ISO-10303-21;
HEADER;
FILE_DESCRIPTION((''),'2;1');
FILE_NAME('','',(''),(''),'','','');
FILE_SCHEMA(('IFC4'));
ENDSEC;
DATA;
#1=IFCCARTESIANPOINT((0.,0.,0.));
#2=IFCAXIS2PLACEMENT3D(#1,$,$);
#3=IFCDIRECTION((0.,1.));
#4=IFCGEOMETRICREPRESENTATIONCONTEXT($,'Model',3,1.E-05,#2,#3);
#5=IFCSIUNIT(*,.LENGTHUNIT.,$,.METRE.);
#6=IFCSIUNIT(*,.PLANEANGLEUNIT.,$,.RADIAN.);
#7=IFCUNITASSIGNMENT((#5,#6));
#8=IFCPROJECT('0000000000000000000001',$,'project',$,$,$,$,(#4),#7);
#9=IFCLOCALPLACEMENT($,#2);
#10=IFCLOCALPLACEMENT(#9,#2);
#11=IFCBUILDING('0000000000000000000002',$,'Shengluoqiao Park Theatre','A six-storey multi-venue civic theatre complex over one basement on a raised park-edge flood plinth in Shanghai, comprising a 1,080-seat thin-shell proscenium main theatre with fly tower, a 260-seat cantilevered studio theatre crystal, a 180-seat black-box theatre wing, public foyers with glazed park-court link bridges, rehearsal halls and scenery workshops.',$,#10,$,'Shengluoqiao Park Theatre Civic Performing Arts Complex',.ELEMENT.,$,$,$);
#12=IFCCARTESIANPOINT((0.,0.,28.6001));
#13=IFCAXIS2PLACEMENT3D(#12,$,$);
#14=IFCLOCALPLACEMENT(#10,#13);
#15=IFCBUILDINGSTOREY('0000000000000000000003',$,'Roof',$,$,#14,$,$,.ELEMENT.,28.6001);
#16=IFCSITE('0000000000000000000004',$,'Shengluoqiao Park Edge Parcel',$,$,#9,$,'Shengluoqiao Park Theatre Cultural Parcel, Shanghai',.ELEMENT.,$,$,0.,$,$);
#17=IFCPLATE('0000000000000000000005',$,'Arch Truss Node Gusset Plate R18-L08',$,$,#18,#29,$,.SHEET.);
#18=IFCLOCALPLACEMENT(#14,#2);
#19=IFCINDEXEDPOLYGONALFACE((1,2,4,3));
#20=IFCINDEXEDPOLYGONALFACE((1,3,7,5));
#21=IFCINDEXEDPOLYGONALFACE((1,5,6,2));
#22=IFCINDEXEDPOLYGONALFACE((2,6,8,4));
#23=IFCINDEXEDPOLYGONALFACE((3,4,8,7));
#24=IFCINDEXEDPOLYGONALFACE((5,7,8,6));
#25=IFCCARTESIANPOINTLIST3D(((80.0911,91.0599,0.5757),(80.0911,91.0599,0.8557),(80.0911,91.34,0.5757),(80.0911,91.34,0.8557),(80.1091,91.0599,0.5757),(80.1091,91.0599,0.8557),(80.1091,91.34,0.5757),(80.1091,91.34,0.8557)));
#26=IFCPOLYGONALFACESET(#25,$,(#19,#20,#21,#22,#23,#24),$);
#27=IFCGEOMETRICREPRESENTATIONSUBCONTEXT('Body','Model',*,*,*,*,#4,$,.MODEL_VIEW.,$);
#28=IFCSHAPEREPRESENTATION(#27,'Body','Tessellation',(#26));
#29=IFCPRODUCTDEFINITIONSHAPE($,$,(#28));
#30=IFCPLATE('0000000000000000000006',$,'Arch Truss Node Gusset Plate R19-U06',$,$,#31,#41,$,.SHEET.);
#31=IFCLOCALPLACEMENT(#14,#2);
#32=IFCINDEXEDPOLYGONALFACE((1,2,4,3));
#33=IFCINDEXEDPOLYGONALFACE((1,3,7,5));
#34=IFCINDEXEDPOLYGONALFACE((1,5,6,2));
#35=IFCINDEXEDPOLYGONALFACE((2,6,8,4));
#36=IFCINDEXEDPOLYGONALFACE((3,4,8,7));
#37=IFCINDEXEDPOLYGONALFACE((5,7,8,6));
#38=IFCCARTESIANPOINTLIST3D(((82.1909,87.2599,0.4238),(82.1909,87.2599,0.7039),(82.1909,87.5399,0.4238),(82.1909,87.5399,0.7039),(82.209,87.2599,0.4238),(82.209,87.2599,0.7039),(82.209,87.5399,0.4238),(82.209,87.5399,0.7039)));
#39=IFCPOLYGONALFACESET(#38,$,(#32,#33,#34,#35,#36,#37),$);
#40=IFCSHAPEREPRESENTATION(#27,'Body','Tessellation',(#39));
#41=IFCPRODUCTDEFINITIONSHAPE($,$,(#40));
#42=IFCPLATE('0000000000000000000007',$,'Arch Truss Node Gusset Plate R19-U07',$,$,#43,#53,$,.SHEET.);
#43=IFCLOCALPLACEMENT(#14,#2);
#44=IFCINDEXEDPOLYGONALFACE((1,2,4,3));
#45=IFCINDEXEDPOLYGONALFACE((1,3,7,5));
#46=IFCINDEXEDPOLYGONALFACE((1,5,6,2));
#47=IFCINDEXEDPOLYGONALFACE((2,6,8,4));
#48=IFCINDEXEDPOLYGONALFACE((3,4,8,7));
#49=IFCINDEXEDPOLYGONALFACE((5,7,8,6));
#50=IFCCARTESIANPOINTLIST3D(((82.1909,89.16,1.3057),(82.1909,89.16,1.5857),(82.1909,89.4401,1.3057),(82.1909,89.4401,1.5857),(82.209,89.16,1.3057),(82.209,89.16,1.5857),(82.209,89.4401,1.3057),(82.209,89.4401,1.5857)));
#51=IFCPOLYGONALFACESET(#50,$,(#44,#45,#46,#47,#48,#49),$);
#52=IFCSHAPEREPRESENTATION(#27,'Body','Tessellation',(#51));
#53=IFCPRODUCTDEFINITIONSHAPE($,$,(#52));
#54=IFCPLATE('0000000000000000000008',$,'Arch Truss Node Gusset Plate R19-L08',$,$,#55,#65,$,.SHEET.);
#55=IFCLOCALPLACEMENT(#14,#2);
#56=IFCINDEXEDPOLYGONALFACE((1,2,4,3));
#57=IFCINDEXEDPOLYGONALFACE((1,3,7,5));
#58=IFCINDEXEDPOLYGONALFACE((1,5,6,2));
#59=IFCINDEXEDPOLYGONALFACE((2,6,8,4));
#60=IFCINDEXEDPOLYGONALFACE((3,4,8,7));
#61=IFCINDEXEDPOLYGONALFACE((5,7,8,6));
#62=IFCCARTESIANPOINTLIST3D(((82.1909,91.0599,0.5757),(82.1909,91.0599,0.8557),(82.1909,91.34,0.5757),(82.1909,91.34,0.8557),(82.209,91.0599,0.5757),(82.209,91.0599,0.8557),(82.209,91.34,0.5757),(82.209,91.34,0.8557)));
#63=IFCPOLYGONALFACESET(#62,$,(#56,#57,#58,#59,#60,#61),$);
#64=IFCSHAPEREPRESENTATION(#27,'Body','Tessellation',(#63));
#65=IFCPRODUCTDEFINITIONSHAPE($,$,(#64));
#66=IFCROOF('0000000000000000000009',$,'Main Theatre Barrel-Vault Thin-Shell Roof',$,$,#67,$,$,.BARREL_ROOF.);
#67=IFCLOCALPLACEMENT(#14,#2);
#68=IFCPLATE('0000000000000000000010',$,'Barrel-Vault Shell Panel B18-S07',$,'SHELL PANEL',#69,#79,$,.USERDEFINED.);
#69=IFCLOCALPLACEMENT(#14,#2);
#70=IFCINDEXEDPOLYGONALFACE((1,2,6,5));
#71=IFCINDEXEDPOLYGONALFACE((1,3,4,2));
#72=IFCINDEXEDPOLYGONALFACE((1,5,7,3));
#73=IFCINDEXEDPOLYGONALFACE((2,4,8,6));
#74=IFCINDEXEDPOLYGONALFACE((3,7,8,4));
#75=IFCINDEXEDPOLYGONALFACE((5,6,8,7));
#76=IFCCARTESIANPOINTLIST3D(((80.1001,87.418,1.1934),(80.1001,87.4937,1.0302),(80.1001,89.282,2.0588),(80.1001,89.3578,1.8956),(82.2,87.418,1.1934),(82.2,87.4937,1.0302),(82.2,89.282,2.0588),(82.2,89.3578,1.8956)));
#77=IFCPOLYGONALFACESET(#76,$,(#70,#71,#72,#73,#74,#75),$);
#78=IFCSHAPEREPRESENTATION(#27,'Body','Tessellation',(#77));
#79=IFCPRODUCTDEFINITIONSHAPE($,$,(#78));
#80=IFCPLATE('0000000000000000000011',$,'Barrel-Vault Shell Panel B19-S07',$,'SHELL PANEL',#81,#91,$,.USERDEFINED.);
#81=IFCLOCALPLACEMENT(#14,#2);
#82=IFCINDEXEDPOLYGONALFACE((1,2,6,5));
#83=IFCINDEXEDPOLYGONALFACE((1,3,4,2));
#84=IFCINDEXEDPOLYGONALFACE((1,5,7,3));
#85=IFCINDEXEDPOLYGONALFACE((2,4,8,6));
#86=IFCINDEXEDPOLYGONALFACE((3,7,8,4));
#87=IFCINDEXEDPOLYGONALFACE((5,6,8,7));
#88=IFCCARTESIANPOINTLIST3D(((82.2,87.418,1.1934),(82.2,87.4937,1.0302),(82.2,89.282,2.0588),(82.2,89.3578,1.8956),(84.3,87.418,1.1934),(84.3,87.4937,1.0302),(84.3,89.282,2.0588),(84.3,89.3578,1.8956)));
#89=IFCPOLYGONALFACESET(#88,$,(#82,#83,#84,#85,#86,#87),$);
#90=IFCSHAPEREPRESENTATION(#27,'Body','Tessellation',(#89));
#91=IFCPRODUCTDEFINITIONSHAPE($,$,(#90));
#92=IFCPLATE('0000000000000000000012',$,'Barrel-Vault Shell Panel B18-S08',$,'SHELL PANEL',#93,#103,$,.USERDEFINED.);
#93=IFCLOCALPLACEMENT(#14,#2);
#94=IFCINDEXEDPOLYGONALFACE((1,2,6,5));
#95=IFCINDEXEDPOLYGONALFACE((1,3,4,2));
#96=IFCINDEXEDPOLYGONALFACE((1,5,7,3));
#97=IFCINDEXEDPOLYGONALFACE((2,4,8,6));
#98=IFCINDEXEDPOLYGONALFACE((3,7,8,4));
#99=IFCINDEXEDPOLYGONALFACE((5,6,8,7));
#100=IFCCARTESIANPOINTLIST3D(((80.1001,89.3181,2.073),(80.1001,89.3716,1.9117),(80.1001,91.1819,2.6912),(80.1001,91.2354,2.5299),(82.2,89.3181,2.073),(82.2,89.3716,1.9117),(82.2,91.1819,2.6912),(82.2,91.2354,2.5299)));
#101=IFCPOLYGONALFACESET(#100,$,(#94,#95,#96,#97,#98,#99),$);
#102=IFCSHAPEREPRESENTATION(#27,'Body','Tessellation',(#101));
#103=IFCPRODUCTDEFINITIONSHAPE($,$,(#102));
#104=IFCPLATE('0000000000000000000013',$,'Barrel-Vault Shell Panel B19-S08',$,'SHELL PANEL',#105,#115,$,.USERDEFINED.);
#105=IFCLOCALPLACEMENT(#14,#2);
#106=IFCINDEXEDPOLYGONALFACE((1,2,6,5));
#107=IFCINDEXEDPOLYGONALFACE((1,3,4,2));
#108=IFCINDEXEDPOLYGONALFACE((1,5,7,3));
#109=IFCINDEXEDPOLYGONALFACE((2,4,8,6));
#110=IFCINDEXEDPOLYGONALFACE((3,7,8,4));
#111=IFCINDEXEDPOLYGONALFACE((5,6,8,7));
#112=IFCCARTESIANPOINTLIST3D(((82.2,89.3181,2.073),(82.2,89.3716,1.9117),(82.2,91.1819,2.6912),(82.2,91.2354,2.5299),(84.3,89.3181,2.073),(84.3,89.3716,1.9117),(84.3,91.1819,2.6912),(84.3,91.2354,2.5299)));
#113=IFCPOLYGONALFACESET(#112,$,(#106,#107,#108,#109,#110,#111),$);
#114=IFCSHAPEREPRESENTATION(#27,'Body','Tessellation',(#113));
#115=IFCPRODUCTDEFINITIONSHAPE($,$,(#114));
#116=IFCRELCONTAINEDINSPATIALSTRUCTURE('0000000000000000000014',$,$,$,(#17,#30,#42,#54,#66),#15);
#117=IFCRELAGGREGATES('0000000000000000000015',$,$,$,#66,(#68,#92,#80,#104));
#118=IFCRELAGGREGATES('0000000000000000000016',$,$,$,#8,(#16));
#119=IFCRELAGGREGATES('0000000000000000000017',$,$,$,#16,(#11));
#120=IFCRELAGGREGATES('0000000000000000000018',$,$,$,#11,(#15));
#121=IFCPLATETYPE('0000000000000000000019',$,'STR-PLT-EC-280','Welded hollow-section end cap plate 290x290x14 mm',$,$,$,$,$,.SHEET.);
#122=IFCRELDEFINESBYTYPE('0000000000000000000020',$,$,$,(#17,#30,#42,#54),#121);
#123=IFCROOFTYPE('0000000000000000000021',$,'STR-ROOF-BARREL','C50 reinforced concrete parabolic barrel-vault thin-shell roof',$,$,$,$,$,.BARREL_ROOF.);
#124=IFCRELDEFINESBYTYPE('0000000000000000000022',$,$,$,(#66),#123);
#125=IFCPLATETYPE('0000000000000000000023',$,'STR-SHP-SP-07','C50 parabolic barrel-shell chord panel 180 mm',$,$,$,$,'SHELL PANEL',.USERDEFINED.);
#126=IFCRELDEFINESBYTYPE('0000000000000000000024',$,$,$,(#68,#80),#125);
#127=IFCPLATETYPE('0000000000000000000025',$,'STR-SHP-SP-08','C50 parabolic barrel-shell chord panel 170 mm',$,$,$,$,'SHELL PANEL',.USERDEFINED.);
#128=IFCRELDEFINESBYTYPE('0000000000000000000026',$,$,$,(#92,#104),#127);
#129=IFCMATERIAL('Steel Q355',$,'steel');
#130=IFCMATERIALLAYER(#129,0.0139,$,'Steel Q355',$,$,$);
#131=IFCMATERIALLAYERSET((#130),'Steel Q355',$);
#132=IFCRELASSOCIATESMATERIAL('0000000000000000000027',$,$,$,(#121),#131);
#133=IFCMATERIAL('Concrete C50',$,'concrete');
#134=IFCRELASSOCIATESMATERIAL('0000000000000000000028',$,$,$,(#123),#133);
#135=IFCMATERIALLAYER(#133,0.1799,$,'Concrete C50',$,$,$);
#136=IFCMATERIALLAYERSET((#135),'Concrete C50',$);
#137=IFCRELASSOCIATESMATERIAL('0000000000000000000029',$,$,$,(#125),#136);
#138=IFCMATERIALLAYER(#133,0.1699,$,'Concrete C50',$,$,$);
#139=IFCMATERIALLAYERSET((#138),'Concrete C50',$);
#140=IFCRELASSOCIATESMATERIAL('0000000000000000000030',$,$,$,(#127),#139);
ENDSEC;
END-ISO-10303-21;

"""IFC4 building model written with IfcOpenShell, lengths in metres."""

from ifc_helpers import new_model, si_unit, direction, frame, origin, origin_2d, place, context, subcontext, project, spatial, polyline, rectangle, outline, extrude, material, layer, layer_set, type_object, element, aggregate, save


model = new_model("IFC4")

# Units and contexts
model_context = context("Model", 3, precision=1e-05, world=origin(), true_north=direction((0.0, 1.0)))
body_context = subcontext(model_context, "Body", "Model", "MODEL_VIEW")
ifc_project = project(units=[si_unit("LENGTHUNIT", "METRE"), si_unit("PLANEANGLEUNIT", "RADIAN")], contexts=[model_context])

# Site, building, storey
site_placement = place(None, origin())
site = spatial("IfcSite", under=ifc_project, at=site_placement, Name="Shengluoqiao Park Edge Parcel", LongName="Shengluoqiao Park Theatre Cultural Parcel, Shanghai", CompositionType="ELEMENT", RefElevation=0.0)
building_placement = place(site_placement, origin())
building = spatial("IfcBuilding", under=site, at=building_placement, Name="Shengluoqiao Park Theatre", Description="A six-storey multi-venue civic theatre complex over one basement on a raised park-edge flood plinth in Shanghai, comprising a 1,080-seat thin-shell proscenium main theatre with fly tower, a 260-seat cantilevered studio theatre crystal, a 180-seat black-box theatre wing, public foyers with glazed park-court link bridges, rehearsal halls and scenery workshops.", LongName="Shengluoqiao Park Theatre Civic Performing Arts Complex", CompositionType="ELEMENT")
storey_placement = place(building_placement, frame((0.0, 0.0, 28.6001)))
storey = spatial("IfcBuildingStorey", under=building, at=storey_placement, Name="Roof", CompositionType="ELEMENT", Elevation=28.6001)

# Shared definitions
ifc_material_1 = material(Name="Concrete C50", Category="concrete")
ifc_material_2 = material(Name="Steel Q355", Category="steel")

# Plates
ifc_layer_1 = layer(ifc_material_2, 0.0139, Name="Steel Q355")
ifc_layer_set_1 = layer_set([ifc_layer_1], Name="Steel Q355")
plate_type_1 = type_object("IfcPlateType", Name="STR-PLT-EC-280", Description="Welded hollow-section end cap plate 290x290x14 mm", PredefinedType="SHEET", material=ifc_layer_set_1)
for number, where, z_axis, x_axis, name in (
    (1, (80.1001, 91.2, 0.5757), (0.0, 0.0, 1.0), (1.0, 0.0, 0.0), "Arch Truss Node Gusset Plate R18-L08"),
    (2, (82.2, 87.3999, 0.4238), (0.0, 0.0, 1.0), (1.0, 0.0, 0.0), "Arch Truss Node Gusset Plate R19-U06"),
    (3, (82.2, 89.3, 1.3057), (0.0, 0.0, 1.0), (1.0, 0.0, 0.0), "Arch Truss Node Gusset Plate R19-U07"),
    (4, (82.2, 91.2, 0.5757), (0.0, 0.0, 1.0), (1.0, 0.0, 0.0), "Arch Truss Node Gusset Plate R19-L08"),
):
    element("IfcPlate", number, at=place(storey_placement, frame(where, z_axis=z_axis, x_axis=x_axis)), inside=storey, type_object=plate_type_1, Name=name, PredefinedType="SHEET", context=body_context, shape_type="SweptSolid", body=[
        extrude(rectangle(XDim=0.0181, YDim=0.28, at=origin_2d()), origin(), (0.0, 0.0, 1.0), 0.28),
    ])

# Roof, plates
roof_type = type_object("IfcRoofType", Name="STR-ROOF-BARREL", Description="C50 reinforced concrete parabolic barrel-vault thin-shell roof", PredefinedType="BARREL_ROOF", material=ifc_material_1)
roof_placement = place(storey_placement, origin())
roof = element("IfcRoof", 5, at=roof_placement, inside=storey, type_object=roof_type, Name="Main Theatre Barrel-Vault Thin-Shell Roof", PredefinedType="BARREL_ROOF")
ifc_layer_2 = layer(ifc_material_1, 0.1799, Name="Concrete C50")
ifc_layer_set_2 = layer_set([ifc_layer_2], Name="Concrete C50")
plate_type_2 = type_object("IfcPlateType", Name="STR-SHP-SP-07", Description="C50 parabolic barrel-shell chord panel 180 mm", ElementType="SHELL PANEL", PredefinedType="USERDEFINED", material=ifc_layer_set_2)
plate_1_placement = place(storey_placement, frame((80.1001, 87.418, 1.1934), z_axis=(0.0, -0.421129, 0.907001), x_axis=(1.0, 0.0, 0.0)))
plate_1 = element("IfcPlate", 6, at=plate_1_placement, type_object=plate_type_2, Name="Barrel-Vault Shell Panel B18-S07", ObjectType="SHELL PANEL", PredefinedType="USERDEFINED", context=body_context, shape_type="SweptSolid", body=[
    extrude(outline(polyline([(0.0, 0.0), (2.0999, 0.0), (2.0999, 2.0551), (0.0, 2.0551), (0.0, 0.0)])), origin(), (0.0, 0.0, -1.0), 0.1799),
])
plate_2_placement = place(storey_placement, frame((82.2, 87.418, 1.1934), z_axis=(0.0, -0.421129, 0.907001), x_axis=(1.0, 0.0, 0.0)))
plate_2 = element("IfcPlate", 7, at=plate_2_placement, type_object=plate_type_2, Name="Barrel-Vault Shell Panel B19-S07", ObjectType="SHELL PANEL", PredefinedType="USERDEFINED", context=body_context, shape_type="SweptSolid", body=[
    extrude(outline(polyline([(0.0, 0.0), (2.1001, 0.0), (2.1001, 2.0551), (0.0, 2.0551), (0.0, 0.0)])), origin(), (0.0, 0.0, -1.0), 0.1799),
])
ifc_layer_3 = layer(ifc_material_1, 0.1699, Name="Concrete C50")
ifc_layer_set_3 = layer_set([ifc_layer_3], Name="Concrete C50")
plate_type_3 = type_object("IfcPlateType", Name="STR-SHP-SP-08", Description="C50 parabolic barrel-shell chord panel 170 mm", ElementType="SHELL PANEL", PredefinedType="USERDEFINED", material=ifc_layer_set_3)
plate_3_placement = place(storey_placement, frame((80.1001, 89.3181, 2.073), z_axis=(0.0, -0.31481, 0.949155), x_axis=(1.0, 0.0, 0.0)))
plate_3 = element("IfcPlate", 8, at=plate_3_placement, type_object=plate_type_3, Name="Barrel-Vault Shell Panel B18-S08", ObjectType="SHELL PANEL", PredefinedType="USERDEFINED", context=body_context, shape_type="SweptSolid", body=[
    extrude(outline(polyline([(0.0, 0.0), (2.0999, 0.0), (2.0999, 1.9636), (0.0, 1.9636), (0.0, 0.0)])), origin(), (0.0, 0.0, -1.0), 0.1699),
])
plate_4_placement = place(storey_placement, frame((82.2, 89.3181, 2.073), z_axis=(0.0, -0.31481, 0.949155), x_axis=(1.0, 0.0, 0.0)))
plate_4 = element("IfcPlate", 9, at=plate_4_placement, type_object=plate_type_3, Name="Barrel-Vault Shell Panel B19-S08", ObjectType="SHELL PANEL", PredefinedType="USERDEFINED", context=body_context, shape_type="SweptSolid", body=[
    extrude(outline(polyline([(0.0, 0.0), (2.1001, 0.0), (2.1001, 1.9636), (0.0, 1.9636), (0.0, 0.0)])), origin(), (0.0, 0.0, -1.0), 0.1699),
])
aggregate(roof, [plate_1, plate_3, plate_2, plate_4])

save(model, "model.ifc")
